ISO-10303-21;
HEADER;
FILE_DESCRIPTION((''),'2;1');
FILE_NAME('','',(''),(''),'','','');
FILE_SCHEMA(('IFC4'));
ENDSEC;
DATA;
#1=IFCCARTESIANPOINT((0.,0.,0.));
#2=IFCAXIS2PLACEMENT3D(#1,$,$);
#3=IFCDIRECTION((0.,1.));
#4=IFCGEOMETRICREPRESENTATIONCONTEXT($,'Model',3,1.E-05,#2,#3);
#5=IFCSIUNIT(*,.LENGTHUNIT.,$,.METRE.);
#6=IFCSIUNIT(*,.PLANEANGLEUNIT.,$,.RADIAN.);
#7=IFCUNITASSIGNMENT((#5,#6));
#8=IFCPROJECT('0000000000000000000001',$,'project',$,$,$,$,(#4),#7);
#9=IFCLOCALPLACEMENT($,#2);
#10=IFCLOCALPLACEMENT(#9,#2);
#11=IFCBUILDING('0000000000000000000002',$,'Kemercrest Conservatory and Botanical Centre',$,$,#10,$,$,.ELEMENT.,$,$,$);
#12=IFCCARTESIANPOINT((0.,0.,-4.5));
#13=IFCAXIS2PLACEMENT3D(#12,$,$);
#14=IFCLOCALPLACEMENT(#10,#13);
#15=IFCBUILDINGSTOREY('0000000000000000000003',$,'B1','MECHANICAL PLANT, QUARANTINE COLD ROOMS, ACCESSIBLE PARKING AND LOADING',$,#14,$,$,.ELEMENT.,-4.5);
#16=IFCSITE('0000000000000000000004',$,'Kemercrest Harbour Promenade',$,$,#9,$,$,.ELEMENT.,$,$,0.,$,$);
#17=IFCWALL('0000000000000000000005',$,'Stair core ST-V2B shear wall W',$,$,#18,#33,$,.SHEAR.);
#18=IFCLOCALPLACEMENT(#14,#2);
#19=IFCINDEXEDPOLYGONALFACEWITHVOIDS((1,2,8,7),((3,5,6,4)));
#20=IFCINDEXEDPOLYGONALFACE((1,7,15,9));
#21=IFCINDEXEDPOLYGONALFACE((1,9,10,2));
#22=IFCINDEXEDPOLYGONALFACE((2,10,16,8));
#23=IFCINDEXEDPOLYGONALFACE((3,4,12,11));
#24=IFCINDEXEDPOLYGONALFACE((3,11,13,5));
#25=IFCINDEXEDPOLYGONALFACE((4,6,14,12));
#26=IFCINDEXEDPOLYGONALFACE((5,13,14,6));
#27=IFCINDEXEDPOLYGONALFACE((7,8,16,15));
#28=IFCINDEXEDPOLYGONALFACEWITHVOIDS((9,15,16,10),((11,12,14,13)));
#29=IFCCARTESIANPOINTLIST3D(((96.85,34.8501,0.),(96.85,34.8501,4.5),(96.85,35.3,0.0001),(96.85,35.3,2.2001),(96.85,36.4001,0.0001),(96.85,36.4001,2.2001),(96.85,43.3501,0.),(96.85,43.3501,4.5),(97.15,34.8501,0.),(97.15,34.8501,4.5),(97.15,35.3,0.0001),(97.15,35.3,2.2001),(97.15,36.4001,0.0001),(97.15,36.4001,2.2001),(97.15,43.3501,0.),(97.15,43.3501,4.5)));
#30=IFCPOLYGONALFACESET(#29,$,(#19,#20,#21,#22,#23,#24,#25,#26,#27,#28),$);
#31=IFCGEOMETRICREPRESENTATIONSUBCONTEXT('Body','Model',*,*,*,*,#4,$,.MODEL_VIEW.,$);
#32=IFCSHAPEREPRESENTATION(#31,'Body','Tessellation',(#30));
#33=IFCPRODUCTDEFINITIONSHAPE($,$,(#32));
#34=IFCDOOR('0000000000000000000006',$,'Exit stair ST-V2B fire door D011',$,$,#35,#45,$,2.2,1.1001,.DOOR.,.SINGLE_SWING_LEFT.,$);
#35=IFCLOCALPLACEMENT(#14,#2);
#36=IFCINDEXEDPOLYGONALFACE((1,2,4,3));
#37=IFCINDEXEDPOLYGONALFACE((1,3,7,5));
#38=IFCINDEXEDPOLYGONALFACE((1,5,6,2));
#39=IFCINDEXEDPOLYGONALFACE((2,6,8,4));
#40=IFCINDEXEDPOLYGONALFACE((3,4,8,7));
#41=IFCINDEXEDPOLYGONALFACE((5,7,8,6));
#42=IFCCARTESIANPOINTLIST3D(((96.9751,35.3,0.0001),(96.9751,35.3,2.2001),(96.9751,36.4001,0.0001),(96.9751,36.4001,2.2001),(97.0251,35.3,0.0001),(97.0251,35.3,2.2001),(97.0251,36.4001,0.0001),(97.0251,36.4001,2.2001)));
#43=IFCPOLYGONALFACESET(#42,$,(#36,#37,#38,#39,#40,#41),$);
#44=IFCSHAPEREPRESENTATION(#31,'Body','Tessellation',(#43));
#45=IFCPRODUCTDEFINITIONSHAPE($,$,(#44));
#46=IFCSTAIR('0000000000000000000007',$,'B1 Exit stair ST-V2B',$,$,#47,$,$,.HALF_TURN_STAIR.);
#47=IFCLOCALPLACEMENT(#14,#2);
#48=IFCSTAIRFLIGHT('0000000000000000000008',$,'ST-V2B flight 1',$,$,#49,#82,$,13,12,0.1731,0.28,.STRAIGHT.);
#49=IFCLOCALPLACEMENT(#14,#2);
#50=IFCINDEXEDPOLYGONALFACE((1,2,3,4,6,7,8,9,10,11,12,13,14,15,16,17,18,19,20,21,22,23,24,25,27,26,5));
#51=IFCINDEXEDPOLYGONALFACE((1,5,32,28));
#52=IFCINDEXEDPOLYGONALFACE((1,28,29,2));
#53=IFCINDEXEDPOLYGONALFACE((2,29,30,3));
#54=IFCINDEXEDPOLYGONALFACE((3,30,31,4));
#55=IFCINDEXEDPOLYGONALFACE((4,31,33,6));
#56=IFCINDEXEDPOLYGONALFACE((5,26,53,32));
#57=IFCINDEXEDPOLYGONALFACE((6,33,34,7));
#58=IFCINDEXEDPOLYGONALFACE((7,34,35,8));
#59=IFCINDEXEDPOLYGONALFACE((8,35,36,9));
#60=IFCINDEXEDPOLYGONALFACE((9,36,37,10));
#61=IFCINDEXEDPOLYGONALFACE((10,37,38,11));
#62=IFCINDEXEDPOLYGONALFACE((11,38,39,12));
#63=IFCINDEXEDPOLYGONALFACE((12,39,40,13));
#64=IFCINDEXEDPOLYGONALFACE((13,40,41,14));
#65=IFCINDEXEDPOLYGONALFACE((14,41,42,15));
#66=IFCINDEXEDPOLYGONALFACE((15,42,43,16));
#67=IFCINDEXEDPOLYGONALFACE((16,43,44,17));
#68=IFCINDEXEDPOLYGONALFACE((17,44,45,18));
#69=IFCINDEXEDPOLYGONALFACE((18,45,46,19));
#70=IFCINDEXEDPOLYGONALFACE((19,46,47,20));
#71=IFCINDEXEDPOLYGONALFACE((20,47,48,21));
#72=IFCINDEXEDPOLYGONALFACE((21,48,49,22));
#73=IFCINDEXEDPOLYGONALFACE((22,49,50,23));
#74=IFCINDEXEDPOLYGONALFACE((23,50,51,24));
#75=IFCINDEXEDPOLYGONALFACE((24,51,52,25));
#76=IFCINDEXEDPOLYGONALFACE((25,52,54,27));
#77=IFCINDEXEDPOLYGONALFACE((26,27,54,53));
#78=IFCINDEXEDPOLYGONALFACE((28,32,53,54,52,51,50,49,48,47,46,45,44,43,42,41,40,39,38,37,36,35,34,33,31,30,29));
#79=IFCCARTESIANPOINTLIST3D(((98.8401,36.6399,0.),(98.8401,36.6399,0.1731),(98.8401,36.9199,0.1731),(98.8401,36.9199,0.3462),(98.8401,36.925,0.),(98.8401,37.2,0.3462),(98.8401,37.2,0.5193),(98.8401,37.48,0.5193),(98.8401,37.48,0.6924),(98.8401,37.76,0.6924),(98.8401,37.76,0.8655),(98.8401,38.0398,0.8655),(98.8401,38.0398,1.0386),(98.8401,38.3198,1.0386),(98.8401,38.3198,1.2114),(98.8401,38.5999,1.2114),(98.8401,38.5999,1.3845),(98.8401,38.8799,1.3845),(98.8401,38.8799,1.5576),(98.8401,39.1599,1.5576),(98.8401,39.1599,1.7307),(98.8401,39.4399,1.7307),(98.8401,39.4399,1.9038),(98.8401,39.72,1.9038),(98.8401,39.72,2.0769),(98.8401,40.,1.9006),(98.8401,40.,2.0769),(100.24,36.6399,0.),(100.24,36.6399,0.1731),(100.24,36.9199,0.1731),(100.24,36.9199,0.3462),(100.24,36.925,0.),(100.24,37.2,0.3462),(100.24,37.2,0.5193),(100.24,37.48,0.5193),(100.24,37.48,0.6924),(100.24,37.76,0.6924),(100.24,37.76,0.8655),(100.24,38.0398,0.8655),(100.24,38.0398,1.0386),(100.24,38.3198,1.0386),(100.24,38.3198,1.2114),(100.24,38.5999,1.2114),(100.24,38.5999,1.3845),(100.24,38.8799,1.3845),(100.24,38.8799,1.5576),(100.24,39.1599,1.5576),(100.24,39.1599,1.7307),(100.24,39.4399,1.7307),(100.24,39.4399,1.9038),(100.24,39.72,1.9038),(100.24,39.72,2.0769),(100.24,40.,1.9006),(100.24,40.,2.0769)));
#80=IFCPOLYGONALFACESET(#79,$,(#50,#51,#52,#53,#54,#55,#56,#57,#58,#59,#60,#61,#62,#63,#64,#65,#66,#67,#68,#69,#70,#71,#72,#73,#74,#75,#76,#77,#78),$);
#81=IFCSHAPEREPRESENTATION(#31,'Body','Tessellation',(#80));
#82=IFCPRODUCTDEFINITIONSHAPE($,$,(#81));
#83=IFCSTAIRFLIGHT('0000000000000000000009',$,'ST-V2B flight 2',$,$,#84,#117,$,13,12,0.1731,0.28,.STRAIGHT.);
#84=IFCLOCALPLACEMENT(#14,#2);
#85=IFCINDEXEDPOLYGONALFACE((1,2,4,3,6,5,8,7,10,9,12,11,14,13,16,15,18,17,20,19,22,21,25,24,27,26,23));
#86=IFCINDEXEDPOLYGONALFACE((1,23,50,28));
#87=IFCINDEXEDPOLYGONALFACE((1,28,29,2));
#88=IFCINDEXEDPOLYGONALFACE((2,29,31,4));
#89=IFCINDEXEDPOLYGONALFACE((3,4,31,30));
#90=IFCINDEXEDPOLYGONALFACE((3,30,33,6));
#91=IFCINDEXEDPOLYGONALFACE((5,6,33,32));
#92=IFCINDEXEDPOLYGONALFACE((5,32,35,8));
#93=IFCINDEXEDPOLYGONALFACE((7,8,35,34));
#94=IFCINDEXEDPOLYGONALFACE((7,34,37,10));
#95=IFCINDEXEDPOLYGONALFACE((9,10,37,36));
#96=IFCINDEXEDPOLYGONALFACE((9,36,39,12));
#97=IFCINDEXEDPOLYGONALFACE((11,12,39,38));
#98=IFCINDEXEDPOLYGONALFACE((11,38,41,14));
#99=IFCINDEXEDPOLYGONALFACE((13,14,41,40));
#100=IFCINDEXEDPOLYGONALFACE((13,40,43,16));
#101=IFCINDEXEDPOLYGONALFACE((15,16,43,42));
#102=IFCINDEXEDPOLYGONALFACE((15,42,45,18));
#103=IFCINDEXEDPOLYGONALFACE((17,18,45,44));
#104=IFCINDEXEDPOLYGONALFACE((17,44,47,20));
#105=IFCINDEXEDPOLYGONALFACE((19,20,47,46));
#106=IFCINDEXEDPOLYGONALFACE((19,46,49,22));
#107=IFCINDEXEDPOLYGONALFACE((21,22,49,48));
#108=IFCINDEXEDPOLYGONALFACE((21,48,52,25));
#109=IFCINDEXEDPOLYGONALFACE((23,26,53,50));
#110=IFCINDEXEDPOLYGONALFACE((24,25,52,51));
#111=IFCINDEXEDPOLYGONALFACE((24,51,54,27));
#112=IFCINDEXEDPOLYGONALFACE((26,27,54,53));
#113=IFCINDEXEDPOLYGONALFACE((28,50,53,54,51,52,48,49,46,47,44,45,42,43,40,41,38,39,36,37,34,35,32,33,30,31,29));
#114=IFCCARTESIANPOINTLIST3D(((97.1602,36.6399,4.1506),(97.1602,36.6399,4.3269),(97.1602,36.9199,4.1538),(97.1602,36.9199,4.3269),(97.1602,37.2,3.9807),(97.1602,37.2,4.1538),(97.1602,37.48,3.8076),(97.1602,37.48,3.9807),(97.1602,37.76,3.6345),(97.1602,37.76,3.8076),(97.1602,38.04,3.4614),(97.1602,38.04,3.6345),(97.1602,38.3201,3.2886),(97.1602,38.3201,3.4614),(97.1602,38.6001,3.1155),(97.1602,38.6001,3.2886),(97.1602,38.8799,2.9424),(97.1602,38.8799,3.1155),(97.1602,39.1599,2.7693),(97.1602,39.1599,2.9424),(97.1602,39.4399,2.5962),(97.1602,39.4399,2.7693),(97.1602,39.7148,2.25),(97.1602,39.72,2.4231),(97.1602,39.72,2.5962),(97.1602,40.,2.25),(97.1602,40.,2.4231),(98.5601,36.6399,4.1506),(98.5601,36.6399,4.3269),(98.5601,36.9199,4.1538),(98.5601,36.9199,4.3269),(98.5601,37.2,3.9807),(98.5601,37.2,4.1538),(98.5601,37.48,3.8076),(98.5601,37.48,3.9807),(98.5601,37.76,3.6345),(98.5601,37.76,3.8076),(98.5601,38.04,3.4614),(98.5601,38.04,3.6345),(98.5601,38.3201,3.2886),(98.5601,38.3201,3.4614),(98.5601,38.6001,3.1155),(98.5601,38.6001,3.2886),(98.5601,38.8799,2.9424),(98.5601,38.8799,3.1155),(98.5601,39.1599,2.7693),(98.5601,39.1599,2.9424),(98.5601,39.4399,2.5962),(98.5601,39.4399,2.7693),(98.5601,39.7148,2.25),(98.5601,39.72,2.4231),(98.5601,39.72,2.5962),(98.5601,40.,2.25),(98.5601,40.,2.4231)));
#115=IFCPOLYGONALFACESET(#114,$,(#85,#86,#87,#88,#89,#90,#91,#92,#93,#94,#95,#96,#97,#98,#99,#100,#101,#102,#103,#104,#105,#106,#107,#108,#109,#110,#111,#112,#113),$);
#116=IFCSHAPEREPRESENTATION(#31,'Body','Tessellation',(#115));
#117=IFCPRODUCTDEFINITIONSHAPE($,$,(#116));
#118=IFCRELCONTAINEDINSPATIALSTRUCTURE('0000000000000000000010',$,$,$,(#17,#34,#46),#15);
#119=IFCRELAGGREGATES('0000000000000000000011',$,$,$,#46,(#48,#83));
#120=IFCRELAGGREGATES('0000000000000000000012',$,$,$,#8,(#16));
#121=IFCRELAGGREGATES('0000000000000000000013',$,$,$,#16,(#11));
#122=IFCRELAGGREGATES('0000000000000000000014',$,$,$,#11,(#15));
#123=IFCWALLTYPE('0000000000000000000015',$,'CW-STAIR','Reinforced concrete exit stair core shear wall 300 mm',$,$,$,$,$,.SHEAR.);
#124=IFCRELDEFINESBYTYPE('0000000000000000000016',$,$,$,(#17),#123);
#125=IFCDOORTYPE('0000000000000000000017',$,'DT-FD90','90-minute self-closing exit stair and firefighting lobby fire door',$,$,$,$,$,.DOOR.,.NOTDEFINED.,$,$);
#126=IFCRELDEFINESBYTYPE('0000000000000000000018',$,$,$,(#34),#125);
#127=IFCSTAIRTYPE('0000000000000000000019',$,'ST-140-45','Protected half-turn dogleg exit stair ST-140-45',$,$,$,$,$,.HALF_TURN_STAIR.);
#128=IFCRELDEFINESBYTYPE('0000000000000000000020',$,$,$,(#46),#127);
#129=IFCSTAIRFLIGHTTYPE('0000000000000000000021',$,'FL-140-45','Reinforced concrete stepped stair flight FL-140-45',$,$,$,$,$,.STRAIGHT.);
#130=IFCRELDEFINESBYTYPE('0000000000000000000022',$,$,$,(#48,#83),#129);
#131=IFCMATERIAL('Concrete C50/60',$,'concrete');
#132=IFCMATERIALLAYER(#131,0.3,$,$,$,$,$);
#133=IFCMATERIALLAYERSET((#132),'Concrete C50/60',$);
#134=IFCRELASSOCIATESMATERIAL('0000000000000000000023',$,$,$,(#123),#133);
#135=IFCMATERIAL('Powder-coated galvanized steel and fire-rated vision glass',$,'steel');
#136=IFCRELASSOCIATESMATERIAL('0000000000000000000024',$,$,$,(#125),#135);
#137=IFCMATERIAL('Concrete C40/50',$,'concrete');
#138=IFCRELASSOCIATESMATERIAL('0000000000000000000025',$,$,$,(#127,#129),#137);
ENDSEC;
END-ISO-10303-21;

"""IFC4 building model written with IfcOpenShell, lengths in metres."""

from ifc_helpers import new_model, si_unit, direction, frame, frame_2d, origin, place, context, subcontext, project, spatial, polyline, rectangle, outline, extrude, material, layer, layer_set, type_object, element, fill, aggregate, save


model = new_model("IFC4")

# Units and contexts
model_context = context("Model", 3, precision=1e-05, world=origin(), true_north=direction((0.0, 1.0)))
body_context = subcontext(model_context, "Body", "Model", "MODEL_VIEW")
ifc_project = project(units=[si_unit("LENGTHUNIT", "METRE"), si_unit("PLANEANGLEUNIT", "RADIAN")], contexts=[model_context])

# Site, building, storey
site_placement = place(None, origin())
site = spatial("IfcSite", under=ifc_project, at=site_placement, Name="Kemercrest Harbour Promenade", CompositionType="ELEMENT", RefElevation=0.0)
building_placement = place(site_placement, origin())
building = spatial("IfcBuilding", under=site, at=building_placement, Name="Kemercrest Conservatory and Botanical Centre", CompositionType="ELEMENT")
storey_placement = place(building_placement, frame((0.0, 0.0, -4.5)))
storey = spatial("IfcBuildingStorey", under=building, at=storey_placement, Name="B1", Description="MECHANICAL PLANT, QUARANTINE COLD ROOMS, ACCESSIBLE PARKING AND LOADING", CompositionType="ELEMENT", Elevation=-4.5)

# Shared definitions
ifc_material_1 = material(Name="Concrete C40/50", Category="concrete")

# Shared definitions
ifc_material_2 = material(Name="Concrete C50/60", Category="concrete")

# Shared definitions
ifc_layer_1 = layer(ifc_material_2, 0.3)
ifc_layer_set_1 = layer_set([ifc_layer_1], Name="Concrete C50/60")
wall_type = type_object("IfcWallType", Name="CW-STAIR", Description="Reinforced concrete exit stair core shear wall 300 mm", PredefinedType="SHEAR", material=ifc_layer_set_1)

# Wall, opening, door
wall_1_placement = place(storey_placement, frame((97.0, 34.8501, 0.0), z_axis=(0.0, 0.0, 1.0), x_axis=(0.0, 1.0, 0.0)))
wall_1 = element("IfcWall", 1, at=wall_1_placement, inside=storey, type_object=wall_type, Name="Stair core ST-V2B shear wall W", PredefinedType="SHEAR", context=body_context, shape_type="SweptSolid", body=[
    extrude(rectangle(XDim=8.5, YDim=0.3, at=frame_2d((4.25, 0.0))), origin(), (0.0, 0.0, 1.0), 4.5),
])
opening_placement = place(wall_1_placement, frame((0.45, 0.0, 0.0)))
opening = element("IfcOpeningElement", 2, at=opening_placement, cuts=wall_1, PredefinedType="OPENING", context=body_context, shape_type="SweptSolid", body=[
    extrude(rectangle(XDim=1.1001, YDim=2.2, at=frame_2d((0.55, 1.1001))), frame((0.0, 0.1602, 0.0), z_axis=(0.0, -1.0, 0.0), x_axis=(1.0, 0.0, 0.0)), (0.0, 0.0, 1.0), 0.3201),
])
ifc_material_3 = material(Name="Powder-coated galvanized steel and fire-rated vision glass", Category="steel")
door_type = type_object("IfcDoorType", Name="DT-FD90", Description="90-minute self-closing exit stair and firefighting lobby fire door", OperationType="NOTDEFINED", PredefinedType="DOOR", material=ifc_material_3)
door_placement = place(opening_placement, origin())
door = element("IfcDoor", 3, at=door_placement, inside=storey, type_object=door_type, Name="Exit stair ST-V2B fire door D011", OperationType="SINGLE_SWING_LEFT", OverallHeight=2.2, OverallWidth=1.1001, PredefinedType="DOOR", context=body_context, shape_type="SweptSolid", body=[
    extrude(rectangle(XDim=1.1001, YDim=2.2, at=frame_2d((0.55, 1.1001))), frame((0.0, 0.0249, 0.0), z_axis=(0.0, -1.0, 0.0), x_axis=(1.0, 0.0, 0.0)), (0.0, 0.0, 1.0), 0.05),
])
fill(opening, door)

# Stair, stair flights
stair_type = type_object("IfcStairType", Name="ST-140-45", Description="Protected half-turn dogleg exit stair ST-140-45", PredefinedType="HALF_TURN_STAIR", material=ifc_material_1)
stair_placement = place(storey_placement, origin())
stair = element("IfcStair", 4, at=stair_placement, inside=storey, type_object=stair_type, Name="B1 Exit stair ST-V2B", PredefinedType="HALF_TURN_STAIR")
stair_flight_type = type_object("IfcStairFlightType", Name="FL-140-45", Description="Reinforced concrete stepped stair flight FL-140-45", PredefinedType="STRAIGHT", material=ifc_material_1)
stair_flight_1_placement = place(storey_placement, frame((99.54, 36.6399, 0.0), z_axis=(0.0, 0.0, 1.0), x_axis=(0.0, 1.0, 0.0)))
stair_flight_1 = element("IfcStairFlight", 5, at=stair_flight_1_placement, type_object=stair_flight_type, Name="ST-V2B flight 1", NumberOfRisers=13, NumberOfTreads=12, PredefinedType="STRAIGHT", RiserHeight=0.1731, TreadLength=0.28, context=body_context, shape_type="SweptSolid", body=[
    extrude(outline(polyline([(0.0, 0.0), (0.0, 0.1731), (0.28, 0.1731), (0.28, 0.3462), (0.5601, 0.3462), (0.5601, 0.5193), (0.8401, 0.5193), (0.8401, 0.6924), (1.1201, 0.6924), (1.1201, 0.8655), (1.3999, 0.8655), (1.3999, 1.0386), (1.6799, 1.0386), (1.6799, 1.2114), (1.96, 1.2114), (1.96, 1.3845), (2.24, 1.3845), (2.24, 1.5576), (2.52, 1.5576), (2.52, 1.7307), (2.8, 1.7307), (2.8, 1.9038), (3.0801, 1.9038), (3.0801, 2.0769), (3.3601, 2.0769), (3.3601, 2.25), (3.3601, 1.9006), (0.2852, 0.0), (0.0, 0.0)])), frame((0.0, 0.7, 0.0), z_axis=(0.0, -1.0, 0.0), x_axis=(1.0, 0.0, 0.0)), (0.0, 0.0, 1.0), 1.3999),
])
stair_flight_2_placement = place(storey_placement, frame((97.8601, 40.0, 2.25), z_axis=(0.0, 0.0, 1.0), x_axis=(0.0, -1.0, 0.0)))
stair_flight_2 = element("IfcStairFlight", 6, at=stair_flight_2_placement, type_object=stair_flight_type, Name="ST-V2B flight 2", NumberOfRisers=13, NumberOfTreads=12, PredefinedType="STRAIGHT", RiserHeight=0.1731, TreadLength=0.28, context=body_context, shape_type="SweptSolid", body=[
    extrude(outline(polyline([(0.0, 0.0), (0.0, 0.1731), (0.28, 0.1731), (0.28, 0.3462), (0.5601, 0.3462), (0.5601, 0.5193), (0.8401, 0.5193), (0.8401, 0.6924), (1.1201, 0.6924), (1.1201, 0.8655), (1.3999, 0.8655), (1.3999, 1.0386), (1.6799, 1.0386), (1.6799, 1.2114), (1.96, 1.2114), (1.96, 1.3845), (2.24, 1.3845), (2.24, 1.5576), (2.52, 1.5576), (2.52, 1.7307), (2.8, 1.7307), (2.8, 1.9038), (3.0801, 1.9038), (3.0801, 2.0769), (3.3601, 2.0769), (3.3601, 2.25), (3.3601, 1.9006), (0.2852, 0.0), (0.0, 0.0)])), frame((0.0, 0.7, 0.0), z_axis=(0.0, -1.0, 0.0), x_axis=(1.0, 0.0, 0.0)), (0.0, 0.0, 1.0), 1.3999),
])
aggregate(stair, [stair_flight_1, stair_flight_2])

save(model, "model.ifc")
